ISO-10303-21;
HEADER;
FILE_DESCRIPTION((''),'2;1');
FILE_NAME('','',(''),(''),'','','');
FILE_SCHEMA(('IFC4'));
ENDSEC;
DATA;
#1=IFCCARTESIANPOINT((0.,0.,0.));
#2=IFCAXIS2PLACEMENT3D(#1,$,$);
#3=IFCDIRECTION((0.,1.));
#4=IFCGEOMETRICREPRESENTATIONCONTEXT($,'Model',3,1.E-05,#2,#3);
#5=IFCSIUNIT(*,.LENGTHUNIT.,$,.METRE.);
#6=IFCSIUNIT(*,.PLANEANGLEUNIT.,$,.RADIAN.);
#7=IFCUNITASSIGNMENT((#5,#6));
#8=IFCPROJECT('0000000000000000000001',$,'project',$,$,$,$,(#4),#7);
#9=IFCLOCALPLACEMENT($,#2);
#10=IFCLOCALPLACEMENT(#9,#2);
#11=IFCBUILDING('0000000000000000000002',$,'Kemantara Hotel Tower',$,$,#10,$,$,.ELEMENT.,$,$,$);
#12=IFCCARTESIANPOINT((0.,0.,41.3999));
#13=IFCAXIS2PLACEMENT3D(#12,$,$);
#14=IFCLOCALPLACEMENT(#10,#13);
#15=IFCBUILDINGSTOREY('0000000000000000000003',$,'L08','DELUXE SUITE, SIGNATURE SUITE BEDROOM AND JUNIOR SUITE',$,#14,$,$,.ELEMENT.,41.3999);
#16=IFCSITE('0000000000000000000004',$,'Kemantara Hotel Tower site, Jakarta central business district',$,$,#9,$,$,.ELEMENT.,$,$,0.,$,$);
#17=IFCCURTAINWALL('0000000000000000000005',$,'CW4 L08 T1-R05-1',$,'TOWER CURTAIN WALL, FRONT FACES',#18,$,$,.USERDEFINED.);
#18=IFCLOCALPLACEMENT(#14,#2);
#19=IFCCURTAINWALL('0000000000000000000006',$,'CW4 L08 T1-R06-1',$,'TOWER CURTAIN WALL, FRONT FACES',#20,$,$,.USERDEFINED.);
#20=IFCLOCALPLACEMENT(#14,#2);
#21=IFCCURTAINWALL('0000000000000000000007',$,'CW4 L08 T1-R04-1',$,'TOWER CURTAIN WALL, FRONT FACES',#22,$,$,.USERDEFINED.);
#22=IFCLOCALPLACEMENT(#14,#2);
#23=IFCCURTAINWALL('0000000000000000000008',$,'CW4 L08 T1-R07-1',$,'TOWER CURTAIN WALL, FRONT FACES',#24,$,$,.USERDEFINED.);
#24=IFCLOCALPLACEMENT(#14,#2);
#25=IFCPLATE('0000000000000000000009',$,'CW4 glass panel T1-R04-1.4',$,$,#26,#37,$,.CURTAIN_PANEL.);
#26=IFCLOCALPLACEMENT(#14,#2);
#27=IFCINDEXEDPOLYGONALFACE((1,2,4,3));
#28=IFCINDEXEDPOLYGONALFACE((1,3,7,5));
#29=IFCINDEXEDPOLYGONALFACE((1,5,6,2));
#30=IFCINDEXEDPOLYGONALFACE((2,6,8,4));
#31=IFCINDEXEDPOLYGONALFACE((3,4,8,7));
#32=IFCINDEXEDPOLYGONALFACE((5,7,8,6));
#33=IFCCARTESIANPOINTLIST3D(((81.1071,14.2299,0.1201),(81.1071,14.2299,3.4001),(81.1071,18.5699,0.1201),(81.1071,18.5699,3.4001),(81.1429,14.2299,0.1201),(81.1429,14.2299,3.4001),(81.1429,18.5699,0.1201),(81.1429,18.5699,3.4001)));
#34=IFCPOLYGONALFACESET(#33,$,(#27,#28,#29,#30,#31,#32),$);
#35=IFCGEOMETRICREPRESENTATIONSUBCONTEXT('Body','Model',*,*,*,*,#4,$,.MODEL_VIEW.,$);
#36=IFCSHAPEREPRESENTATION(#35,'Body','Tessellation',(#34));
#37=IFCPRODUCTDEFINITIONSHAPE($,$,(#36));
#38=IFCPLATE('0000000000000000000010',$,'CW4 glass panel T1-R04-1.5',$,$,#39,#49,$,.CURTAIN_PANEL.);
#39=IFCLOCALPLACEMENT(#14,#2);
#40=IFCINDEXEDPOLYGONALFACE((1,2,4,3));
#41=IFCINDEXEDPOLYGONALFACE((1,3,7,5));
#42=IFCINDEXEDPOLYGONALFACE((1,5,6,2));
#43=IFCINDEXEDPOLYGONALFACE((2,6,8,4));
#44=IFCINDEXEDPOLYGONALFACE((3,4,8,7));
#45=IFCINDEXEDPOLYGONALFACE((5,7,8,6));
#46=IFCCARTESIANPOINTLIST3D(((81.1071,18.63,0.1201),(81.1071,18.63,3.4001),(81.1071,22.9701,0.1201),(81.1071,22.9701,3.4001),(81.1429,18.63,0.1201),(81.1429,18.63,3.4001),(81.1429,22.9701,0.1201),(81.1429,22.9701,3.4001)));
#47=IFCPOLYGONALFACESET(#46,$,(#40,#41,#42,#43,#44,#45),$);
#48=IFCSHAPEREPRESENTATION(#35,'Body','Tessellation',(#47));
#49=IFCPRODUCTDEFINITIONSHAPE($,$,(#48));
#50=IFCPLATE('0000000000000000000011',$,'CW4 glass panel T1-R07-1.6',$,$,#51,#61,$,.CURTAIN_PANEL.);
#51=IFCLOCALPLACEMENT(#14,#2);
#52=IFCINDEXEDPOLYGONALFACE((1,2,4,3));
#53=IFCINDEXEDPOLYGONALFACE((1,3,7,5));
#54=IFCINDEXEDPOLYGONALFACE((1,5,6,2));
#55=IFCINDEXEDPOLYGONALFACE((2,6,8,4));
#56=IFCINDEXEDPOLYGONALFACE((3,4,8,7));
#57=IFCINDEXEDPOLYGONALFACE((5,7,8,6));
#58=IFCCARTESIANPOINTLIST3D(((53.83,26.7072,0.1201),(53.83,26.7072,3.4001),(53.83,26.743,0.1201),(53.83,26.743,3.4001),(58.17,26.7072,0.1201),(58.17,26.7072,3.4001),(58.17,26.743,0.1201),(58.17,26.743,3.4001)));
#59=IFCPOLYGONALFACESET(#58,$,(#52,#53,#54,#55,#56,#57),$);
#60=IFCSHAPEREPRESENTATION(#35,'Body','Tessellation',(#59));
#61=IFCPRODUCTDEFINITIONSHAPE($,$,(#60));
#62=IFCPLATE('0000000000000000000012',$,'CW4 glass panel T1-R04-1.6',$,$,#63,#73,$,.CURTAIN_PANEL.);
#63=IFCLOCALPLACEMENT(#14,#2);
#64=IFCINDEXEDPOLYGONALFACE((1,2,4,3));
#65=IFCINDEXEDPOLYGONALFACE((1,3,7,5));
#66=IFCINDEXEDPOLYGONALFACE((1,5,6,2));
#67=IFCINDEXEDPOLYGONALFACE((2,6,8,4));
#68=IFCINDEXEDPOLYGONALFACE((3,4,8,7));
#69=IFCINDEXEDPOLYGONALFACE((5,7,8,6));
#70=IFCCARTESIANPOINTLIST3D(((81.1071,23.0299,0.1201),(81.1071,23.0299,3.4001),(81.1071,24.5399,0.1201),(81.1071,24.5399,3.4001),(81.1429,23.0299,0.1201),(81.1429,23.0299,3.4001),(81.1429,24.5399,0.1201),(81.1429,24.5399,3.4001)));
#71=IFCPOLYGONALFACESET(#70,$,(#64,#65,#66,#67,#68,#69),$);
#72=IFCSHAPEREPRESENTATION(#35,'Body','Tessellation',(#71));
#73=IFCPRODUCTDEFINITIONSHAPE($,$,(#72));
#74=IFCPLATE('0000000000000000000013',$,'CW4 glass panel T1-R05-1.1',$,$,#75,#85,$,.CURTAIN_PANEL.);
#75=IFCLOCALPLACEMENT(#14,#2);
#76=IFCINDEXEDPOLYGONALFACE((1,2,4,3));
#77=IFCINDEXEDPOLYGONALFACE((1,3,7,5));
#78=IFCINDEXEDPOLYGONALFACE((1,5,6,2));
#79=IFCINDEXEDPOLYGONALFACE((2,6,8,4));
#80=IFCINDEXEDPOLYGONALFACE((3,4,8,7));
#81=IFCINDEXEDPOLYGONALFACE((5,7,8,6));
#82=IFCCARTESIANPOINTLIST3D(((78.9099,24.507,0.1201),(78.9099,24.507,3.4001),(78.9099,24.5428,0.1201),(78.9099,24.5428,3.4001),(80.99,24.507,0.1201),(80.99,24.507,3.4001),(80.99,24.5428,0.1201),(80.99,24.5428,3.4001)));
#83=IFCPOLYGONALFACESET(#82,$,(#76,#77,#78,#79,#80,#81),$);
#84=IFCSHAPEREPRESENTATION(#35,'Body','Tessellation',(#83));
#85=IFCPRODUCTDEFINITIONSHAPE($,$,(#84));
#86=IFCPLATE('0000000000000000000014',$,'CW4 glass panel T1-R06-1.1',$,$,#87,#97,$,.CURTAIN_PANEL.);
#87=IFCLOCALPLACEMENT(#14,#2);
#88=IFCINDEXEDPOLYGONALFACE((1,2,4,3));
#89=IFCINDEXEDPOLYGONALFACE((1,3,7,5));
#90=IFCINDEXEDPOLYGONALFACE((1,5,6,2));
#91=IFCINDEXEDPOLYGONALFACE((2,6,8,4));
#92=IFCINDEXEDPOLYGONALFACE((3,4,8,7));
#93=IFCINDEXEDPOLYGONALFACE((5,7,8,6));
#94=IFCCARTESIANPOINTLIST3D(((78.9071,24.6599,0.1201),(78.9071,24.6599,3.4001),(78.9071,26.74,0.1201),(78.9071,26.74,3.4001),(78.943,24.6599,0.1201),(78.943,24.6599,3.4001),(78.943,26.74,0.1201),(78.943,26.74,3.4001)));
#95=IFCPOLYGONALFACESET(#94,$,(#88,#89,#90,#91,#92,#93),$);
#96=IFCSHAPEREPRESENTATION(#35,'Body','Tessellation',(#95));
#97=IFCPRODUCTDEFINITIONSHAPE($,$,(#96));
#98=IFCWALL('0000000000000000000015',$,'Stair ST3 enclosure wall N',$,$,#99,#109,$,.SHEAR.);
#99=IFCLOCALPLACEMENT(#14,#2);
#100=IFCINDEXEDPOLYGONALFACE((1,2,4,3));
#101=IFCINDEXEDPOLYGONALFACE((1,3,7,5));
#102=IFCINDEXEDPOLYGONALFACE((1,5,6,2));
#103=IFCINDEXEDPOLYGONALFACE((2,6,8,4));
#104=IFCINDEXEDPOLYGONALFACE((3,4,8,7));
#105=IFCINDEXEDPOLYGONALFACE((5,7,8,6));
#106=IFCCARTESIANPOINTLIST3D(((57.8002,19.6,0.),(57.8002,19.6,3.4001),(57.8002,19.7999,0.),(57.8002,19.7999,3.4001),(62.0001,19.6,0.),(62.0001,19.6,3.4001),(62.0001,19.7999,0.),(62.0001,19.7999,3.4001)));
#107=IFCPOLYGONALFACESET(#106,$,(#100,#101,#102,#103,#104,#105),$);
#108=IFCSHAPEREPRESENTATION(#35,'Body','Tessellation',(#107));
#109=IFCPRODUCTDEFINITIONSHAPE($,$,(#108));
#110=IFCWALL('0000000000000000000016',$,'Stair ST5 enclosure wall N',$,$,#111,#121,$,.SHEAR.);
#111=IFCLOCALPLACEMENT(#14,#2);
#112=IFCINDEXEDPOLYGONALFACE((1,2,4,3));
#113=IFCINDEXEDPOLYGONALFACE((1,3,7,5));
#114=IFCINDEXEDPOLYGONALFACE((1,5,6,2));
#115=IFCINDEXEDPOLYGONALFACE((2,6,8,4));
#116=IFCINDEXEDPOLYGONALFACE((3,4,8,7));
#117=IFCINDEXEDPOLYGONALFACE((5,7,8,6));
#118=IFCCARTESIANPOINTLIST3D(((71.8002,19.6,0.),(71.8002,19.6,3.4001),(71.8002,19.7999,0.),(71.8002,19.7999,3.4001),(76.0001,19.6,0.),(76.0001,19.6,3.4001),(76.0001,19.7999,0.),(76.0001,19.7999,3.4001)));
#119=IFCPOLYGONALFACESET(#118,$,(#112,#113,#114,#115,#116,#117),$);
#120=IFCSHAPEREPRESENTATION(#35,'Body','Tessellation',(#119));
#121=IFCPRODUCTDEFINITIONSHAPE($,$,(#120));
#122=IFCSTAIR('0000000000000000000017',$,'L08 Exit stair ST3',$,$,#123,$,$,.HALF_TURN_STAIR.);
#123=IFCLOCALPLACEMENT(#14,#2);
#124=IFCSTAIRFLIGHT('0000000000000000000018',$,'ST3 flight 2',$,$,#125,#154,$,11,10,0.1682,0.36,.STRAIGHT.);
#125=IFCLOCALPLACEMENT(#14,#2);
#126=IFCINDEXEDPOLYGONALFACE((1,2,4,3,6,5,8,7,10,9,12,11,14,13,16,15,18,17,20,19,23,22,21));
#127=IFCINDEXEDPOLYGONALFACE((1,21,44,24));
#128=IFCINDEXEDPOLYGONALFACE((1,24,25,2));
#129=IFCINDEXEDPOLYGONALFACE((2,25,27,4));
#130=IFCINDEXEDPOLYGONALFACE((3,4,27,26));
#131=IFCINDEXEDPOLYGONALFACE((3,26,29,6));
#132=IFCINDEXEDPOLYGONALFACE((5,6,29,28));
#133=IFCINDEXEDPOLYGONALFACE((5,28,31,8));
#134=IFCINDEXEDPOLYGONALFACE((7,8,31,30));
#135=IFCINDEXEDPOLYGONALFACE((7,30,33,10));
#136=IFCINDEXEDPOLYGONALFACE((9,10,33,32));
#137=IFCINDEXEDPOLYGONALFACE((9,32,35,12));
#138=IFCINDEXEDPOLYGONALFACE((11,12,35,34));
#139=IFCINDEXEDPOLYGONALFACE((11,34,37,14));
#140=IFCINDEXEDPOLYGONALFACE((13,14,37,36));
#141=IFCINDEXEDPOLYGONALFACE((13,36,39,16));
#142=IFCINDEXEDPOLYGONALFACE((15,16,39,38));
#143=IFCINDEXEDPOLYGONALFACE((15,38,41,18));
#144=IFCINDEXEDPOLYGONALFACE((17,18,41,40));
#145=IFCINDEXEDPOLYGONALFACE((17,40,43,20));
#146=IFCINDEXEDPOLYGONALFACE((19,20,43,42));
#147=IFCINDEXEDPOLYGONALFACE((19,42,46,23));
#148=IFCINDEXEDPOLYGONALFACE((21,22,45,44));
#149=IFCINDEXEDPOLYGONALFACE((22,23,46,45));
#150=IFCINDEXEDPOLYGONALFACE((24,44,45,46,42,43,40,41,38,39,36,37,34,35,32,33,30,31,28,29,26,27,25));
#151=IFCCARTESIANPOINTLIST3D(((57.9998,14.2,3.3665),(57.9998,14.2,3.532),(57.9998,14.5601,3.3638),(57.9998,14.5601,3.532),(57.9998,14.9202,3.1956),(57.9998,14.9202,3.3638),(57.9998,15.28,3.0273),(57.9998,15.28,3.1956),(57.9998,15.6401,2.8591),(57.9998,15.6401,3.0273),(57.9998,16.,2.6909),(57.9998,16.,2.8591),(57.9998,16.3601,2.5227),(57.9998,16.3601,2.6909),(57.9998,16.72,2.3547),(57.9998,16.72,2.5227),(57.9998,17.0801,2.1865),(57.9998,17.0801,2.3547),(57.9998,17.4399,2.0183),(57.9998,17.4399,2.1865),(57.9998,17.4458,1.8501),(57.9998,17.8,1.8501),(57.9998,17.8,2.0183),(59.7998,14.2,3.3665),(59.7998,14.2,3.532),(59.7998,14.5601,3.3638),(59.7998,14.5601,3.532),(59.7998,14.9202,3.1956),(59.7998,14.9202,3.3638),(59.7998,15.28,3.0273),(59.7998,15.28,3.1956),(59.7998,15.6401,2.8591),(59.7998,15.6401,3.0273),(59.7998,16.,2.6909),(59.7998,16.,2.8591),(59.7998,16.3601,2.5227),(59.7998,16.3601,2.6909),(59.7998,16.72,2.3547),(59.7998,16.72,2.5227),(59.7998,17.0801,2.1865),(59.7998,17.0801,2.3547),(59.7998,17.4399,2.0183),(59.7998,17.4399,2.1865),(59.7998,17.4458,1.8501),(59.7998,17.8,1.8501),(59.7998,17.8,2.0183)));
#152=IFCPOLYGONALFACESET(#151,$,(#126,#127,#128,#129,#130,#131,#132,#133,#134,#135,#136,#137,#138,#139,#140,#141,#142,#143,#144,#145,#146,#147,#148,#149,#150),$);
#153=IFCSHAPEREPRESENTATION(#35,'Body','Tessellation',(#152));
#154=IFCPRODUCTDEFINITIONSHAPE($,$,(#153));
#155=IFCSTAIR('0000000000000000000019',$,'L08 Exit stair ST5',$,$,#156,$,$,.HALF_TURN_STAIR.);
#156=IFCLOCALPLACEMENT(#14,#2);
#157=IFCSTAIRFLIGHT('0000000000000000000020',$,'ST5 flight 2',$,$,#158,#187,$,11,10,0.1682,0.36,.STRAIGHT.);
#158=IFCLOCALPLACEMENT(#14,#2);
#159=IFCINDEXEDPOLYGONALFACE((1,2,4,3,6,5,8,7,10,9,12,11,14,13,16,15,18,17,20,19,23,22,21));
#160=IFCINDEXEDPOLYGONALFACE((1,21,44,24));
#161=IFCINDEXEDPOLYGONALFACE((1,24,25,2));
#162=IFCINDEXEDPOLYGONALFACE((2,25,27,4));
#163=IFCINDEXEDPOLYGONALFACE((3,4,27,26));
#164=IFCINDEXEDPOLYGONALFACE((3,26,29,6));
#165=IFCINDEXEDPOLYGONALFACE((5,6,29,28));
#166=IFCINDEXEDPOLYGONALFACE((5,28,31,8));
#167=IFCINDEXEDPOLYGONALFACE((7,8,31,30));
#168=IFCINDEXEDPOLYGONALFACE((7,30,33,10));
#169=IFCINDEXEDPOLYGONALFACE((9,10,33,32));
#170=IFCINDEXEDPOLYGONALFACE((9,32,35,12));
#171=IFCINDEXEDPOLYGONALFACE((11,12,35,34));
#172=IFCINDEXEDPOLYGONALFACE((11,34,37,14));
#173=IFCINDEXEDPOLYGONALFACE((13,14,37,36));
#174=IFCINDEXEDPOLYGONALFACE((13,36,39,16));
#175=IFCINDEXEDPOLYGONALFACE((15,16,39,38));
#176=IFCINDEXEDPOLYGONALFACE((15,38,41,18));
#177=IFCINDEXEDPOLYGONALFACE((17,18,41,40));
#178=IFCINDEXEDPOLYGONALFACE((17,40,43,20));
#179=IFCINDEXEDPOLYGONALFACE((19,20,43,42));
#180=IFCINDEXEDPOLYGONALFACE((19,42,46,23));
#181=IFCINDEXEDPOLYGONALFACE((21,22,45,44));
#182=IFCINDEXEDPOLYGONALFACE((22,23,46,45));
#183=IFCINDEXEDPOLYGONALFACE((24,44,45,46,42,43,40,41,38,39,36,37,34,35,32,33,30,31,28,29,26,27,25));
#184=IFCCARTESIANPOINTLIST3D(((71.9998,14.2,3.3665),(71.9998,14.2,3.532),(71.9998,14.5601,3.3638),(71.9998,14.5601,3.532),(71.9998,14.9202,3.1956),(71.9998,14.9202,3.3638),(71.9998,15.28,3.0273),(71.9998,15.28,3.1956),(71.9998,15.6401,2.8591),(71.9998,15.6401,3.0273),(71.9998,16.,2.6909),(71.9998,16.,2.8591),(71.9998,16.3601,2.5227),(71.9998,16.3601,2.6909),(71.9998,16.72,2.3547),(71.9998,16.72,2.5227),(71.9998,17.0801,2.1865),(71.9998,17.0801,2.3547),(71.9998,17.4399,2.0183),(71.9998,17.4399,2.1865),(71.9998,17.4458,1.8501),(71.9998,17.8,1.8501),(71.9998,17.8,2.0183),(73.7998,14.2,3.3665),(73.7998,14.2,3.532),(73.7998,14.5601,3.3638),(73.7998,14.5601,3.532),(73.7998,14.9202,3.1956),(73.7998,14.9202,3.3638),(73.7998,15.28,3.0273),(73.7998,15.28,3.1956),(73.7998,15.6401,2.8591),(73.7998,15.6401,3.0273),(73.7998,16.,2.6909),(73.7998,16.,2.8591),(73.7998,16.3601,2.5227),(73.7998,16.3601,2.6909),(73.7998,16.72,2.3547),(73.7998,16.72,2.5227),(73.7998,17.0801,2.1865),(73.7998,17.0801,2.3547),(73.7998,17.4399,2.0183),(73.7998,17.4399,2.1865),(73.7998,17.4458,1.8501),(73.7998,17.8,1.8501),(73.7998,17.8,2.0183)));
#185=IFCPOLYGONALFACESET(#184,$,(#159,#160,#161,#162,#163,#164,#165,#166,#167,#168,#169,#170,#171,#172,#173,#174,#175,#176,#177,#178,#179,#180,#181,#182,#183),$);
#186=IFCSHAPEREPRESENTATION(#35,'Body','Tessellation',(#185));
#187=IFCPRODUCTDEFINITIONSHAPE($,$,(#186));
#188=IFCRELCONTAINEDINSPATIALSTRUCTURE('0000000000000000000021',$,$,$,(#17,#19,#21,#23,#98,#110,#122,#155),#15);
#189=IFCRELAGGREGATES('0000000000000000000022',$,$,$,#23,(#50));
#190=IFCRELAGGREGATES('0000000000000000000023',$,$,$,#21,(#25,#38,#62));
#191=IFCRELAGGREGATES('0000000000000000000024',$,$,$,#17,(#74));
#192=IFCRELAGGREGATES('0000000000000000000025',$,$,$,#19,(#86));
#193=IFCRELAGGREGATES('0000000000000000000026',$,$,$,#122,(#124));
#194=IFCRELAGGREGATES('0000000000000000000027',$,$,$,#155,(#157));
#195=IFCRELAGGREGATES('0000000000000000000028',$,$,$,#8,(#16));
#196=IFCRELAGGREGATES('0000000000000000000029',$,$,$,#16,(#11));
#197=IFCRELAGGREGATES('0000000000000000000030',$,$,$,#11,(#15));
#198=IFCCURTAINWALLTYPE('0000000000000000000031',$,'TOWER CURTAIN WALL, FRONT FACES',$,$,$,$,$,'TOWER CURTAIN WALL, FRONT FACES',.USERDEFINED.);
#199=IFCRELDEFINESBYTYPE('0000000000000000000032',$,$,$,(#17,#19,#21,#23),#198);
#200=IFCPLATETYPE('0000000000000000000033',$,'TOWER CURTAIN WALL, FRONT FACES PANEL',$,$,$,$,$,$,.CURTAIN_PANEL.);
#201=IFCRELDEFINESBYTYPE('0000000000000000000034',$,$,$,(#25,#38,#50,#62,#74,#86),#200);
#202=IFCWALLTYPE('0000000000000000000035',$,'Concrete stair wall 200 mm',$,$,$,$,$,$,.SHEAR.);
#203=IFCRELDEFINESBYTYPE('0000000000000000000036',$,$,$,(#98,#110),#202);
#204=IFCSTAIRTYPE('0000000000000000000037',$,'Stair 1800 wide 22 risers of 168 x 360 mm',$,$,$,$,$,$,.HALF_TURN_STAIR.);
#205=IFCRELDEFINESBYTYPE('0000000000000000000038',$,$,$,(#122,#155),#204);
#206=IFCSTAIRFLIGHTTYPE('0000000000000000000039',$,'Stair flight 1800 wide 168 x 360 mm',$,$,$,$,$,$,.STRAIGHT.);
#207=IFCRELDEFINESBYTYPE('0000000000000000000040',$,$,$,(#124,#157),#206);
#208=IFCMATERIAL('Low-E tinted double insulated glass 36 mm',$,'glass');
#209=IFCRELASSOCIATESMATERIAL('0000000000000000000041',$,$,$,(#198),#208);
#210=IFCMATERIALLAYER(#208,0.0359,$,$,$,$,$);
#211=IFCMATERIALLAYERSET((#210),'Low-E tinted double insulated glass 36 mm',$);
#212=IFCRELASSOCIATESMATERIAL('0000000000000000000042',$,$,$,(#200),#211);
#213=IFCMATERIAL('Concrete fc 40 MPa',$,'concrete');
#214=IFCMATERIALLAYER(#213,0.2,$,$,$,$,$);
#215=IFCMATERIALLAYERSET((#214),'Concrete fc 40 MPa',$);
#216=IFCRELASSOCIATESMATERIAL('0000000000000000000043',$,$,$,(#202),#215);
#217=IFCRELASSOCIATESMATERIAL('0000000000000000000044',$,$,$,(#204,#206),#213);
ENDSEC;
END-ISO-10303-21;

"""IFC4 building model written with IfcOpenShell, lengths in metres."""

from ifc_helpers import new_model, si_unit, direction, frame, frame_2d, origin, origin_2d, place, context, subcontext, project, spatial, polyline, rectangle, outline, extrude, source, transform, mapped, material, layer, layer_set, type_object, element, aggregate, save


model = new_model("IFC4")

# Units and contexts
model_context = context("Model", 3, precision=1e-05, world=origin(), true_north=direction((0.0, 1.0)))
body_context = subcontext(model_context, "Body", "Model", "MODEL_VIEW")
ifc_project = project(units=[si_unit("LENGTHUNIT", "METRE"), si_unit("PLANEANGLEUNIT", "RADIAN")], contexts=[model_context])

# Site, building, storey
site_placement = place(None, origin())
site = spatial("IfcSite", under=ifc_project, at=site_placement, Name="Kemantara Hotel Tower site, Jakarta central business district", CompositionType="ELEMENT", RefElevation=0.0)
building_placement = place(site_placement, origin())
building = spatial("IfcBuilding", under=site, at=building_placement, Name="Kemantara Hotel Tower", CompositionType="ELEMENT")
storey_placement = place(building_placement, frame((0.0, 0.0, 41.3999)))
storey = spatial("IfcBuildingStorey", under=building, at=storey_placement, Name="L08", Description="DELUXE SUITE, SIGNATURE SUITE BEDROOM AND JUNIOR SUITE", CompositionType="ELEMENT", Elevation=41.3999)

# Curtain walls
ifc_material_1 = material(Name="Low-E tinted double insulated glass 36 mm", Category="glass")
curtain_wall_type = type_object("IfcCurtainWallType", Name="TOWER CURTAIN WALL, FRONT FACES", ElementType="TOWER CURTAIN WALL, FRONT FACES", PredefinedType="USERDEFINED", material=ifc_material_1)
curtain_wall_1_placement = place(storey_placement, origin())
curtain_wall_1 = element("IfcCurtainWall", 1, at=curtain_wall_1_placement, inside=storey, type_object=curtain_wall_type, Name="CW4 L08 T1-R05-1", ObjectType="TOWER CURTAIN WALL, FRONT FACES", PredefinedType="USERDEFINED")
curtain_wall_2_placement = place(storey_placement, origin())
curtain_wall_2 = element("IfcCurtainWall", 2, at=curtain_wall_2_placement, inside=storey, type_object=curtain_wall_type, Name="CW4 L08 T1-R06-1", ObjectType="TOWER CURTAIN WALL, FRONT FACES", PredefinedType="USERDEFINED")

# Curtain wall
curtain_wall_3_placement = place(storey_placement, origin())
curtain_wall_3 = element("IfcCurtainWall", 3, at=curtain_wall_3_placement, inside=storey, type_object=curtain_wall_type, Name="CW4 L08 T1-R04-1", ObjectType="TOWER CURTAIN WALL, FRONT FACES", PredefinedType="USERDEFINED")

# Curtain wall
curtain_wall_4_placement = place(storey_placement, origin())
curtain_wall_4 = element("IfcCurtainWall", 4, at=curtain_wall_4_placement, inside=storey, type_object=curtain_wall_type, Name="CW4 L08 T1-R07-1", ObjectType="TOWER CURTAIN WALL, FRONT FACES", PredefinedType="USERDEFINED")

# Plates
ifc_layer_1 = layer(ifc_material_1, 0.0359)
ifc_layer_set_1 = layer_set([ifc_layer_1], Name="Low-E tinted double insulated glass 36 mm")
plate_type = type_object("IfcPlateType", Name="TOWER CURTAIN WALL, FRONT FACES PANEL", PredefinedType="CURTAIN_PANEL", material=ifc_layer_set_1)
shared_shape_1 = source(origin(), body_context, "Body", "SweptSolid", [
    extrude(rectangle(XDim=4.3401, YDim=0.0359, at=origin_2d()), origin(), (0.0, 0.0, 1.0), 3.28),
])
plate_1_placement = place(storey_placement, frame((81.125, 16.3999, 0.1201), z_axis=(0.0, 0.0, 1.0), x_axis=(0.0, 1.0, 0.0)))
plate_1 = element("IfcPlate", 5, at=plate_1_placement, type_object=plate_type, Name="CW4 glass panel T1-R04-1.4", PredefinedType="CURTAIN_PANEL", context=body_context, shape_type="MappedRepresentation", body=[
    mapped(shared_shape_1, transform((0.0, 0.0, 0.0))),
])
plate_2_placement = place(storey_placement, frame((81.125, 20.8, 0.1201), z_axis=(0.0, 0.0, 1.0), x_axis=(0.0, 1.0, 0.0)))
plate_2 = element("IfcPlate", 6, at=plate_2_placement, type_object=plate_type, Name="CW4 glass panel T1-R04-1.5", PredefinedType="CURTAIN_PANEL", context=body_context, shape_type="MappedRepresentation", body=[
    mapped(shared_shape_1, transform((0.0, 0.0, 0.0))),
])
plate_3_placement = place(storey_placement, frame((56.0, 26.7251, 0.1201), z_axis=(0.0, 0.0, 1.0), x_axis=(-1.0, 0.0, 0.0)))
plate_3 = element("IfcPlate", 7, at=plate_3_placement, type_object=plate_type, Name="CW4 glass panel T1-R07-1.6", PredefinedType="CURTAIN_PANEL", context=body_context, shape_type="MappedRepresentation", body=[
    mapped(shared_shape_1, transform((0.0, 0.0, 0.0))),
])
aggregate(curtain_wall_4, [plate_3])
shared_shape_2 = source(origin(), body_context, "Body", "SweptSolid", [
    extrude(rectangle(XDim=1.51, YDim=0.0359, at=origin_2d()), origin(), (0.0, 0.0, 1.0), 3.28),
])
plate_4_placement = place(storey_placement, frame((81.125, 23.7849, 0.1201), z_axis=(0.0, 0.0, 1.0), x_axis=(0.0, 1.0, 0.0)))
plate_4 = element("IfcPlate", 8, at=plate_4_placement, type_object=plate_type, Name="CW4 glass panel T1-R04-1.6", PredefinedType="CURTAIN_PANEL", context=body_context, shape_type="MappedRepresentation", body=[
    mapped(shared_shape_2, transform((0.0, 0.0, 0.0))),
])
aggregate(curtain_wall_3, [plate_1, plate_2, plate_4])
shared_shape_3 = source(origin(), body_context, "Body", "SweptSolid", [
    extrude(rectangle(XDim=2.0801, YDim=0.0359, at=origin_2d()), origin(), (0.0, 0.0, 1.0), 3.28),
])
plate_5_placement = place(storey_placement, frame((79.95, 24.5249, 0.1201), z_axis=(0.0, 0.0, 1.0), x_axis=(-1.0, 0.0, 0.0)))
plate_5 = element("IfcPlate", 9, at=plate_5_placement, type_object=plate_type, Name="CW4 glass panel T1-R05-1.1", PredefinedType="CURTAIN_PANEL", context=body_context, shape_type="MappedRepresentation", body=[
    mapped(shared_shape_3, transform((0.0, 0.0, 0.0))),
])
aggregate(curtain_wall_1, [plate_5])
plate_6_placement = place(storey_placement, frame((78.925, 25.7, 0.1201), z_axis=(0.0, 0.0, 1.0), x_axis=(0.0, 1.0, 0.0)))
plate_6 = element("IfcPlate", 10, at=plate_6_placement, type_object=plate_type, Name="CW4 glass panel T1-R06-1.1", PredefinedType="CURTAIN_PANEL", context=body_context, shape_type="MappedRepresentation", body=[
    mapped(shared_shape_3, transform((0.0, 0.0, 0.0))),
])
aggregate(curtain_wall_2, [plate_6])

# Walls
ifc_material_2 = material(Name="Concrete fc 40 MPa", Category="concrete")
ifc_layer_2 = layer(ifc_material_2, 0.2)
ifc_layer_set_2 = layer_set([ifc_layer_2], Name="Concrete fc 40 MPa")
wall_type = type_object("IfcWallType", Name="Concrete stair wall 200 mm", PredefinedType="SHEAR", material=ifc_layer_set_2)
for number, where, z_axis, x_axis, name in (
    (11, (57.8, 19.7, 0.0), (0.0, 0.0, 1.0), (1.0, 0.0, 0.0), "Stair ST3 enclosure wall N"),
    (12, (71.8, 19.7, 0.0), (0.0, 0.0, 1.0), (1.0, 0.0, 0.0), "Stair ST5 enclosure wall N"),
):
    element("IfcWall", number, at=place(storey_placement, frame(where, z_axis=z_axis, x_axis=x_axis)), inside=storey, type_object=wall_type, Name=name, PredefinedType="SHEAR", context=body_context, shape_type="SweptSolid", body=[
        extrude(rectangle(XDim=4.2, YDim=0.2, at=frame_2d((2.1001, 0.0))), origin(), (0.0, 0.0, 1.0), 3.4001),
    ])

# Stairs, stair flights
stair_type = type_object("IfcStairType", Name="Stair 1800 wide 22 risers of 168 x 360 mm", PredefinedType="HALF_TURN_STAIR", material=ifc_material_2)
stair_1_placement = place(storey_placement, origin())
stair_1 = element("IfcStair", 13, at=stair_1_placement, inside=storey, type_object=stair_type, Name="L08 Exit stair ST3", PredefinedType="HALF_TURN_STAIR")
stair_flight_type = type_object("IfcStairFlightType", Name="Stair flight 1800 wide 168 x 360 mm", PredefinedType="STRAIGHT", material=ifc_material_2)
stair_flight_1_placement = place(storey_placement, frame((58.8999, 17.8, 1.8501), z_axis=(0.0, 0.0, 1.0), x_axis=(0.0, -1.0, 0.0)))
stair_flight_1 = element("IfcStairFlight", 14, at=stair_flight_1_placement, type_object=stair_flight_type, Name="ST3 flight 2", NumberOfRisers=11, NumberOfTreads=10, PredefinedType="STRAIGHT", RiserHeight=0.1682, TreadLength=0.36, context=body_context, shape_type="SweptSolid", body=[
    extrude(outline(polyline([(0.0, 0.0), (0.0, 0.1682), (0.3601, 0.1682), (0.3601, 0.3364), (0.72, 0.3364), (0.72, 0.5046), (1.0801, 0.5046), (1.0801, 0.6726), (1.4399, 0.6726), (1.4399, 0.8408), (1.8, 0.8408), (1.8, 1.009), (2.1599, 1.009), (2.1599, 1.1772), (2.52, 1.1772), (2.52, 1.3455), (2.8799, 1.3455), (2.8799, 1.5137), (3.24, 1.5137), (3.24, 1.6819), (3.6001, 1.6819), (3.6001, 1.8501), (3.6001, 1.5164), (0.3542, 0.0), (0.0, 0.0)])), frame((0.0, 0.8999, 0.0), z_axis=(0.0, -1.0, 0.0), x_axis=(1.0, 0.0, 0.0)), (0.0, 0.0, 1.0), 1.8),
])
aggregate(stair_1, [stair_flight_1])
stair_2_placement = place(storey_placement, origin())
stair_2 = element("IfcStair", 15, at=stair_2_placement, inside=storey, type_object=stair_type, Name="L08 Exit stair ST5", PredefinedType="HALF_TURN_STAIR")
stair_flight_2_placement = place(storey_placement, frame((72.8999, 17.8, 1.8501), z_axis=(0.0, 0.0, 1.0), x_axis=(0.0, -1.0, 0.0)))
stair_flight_2 = element("IfcStairFlight", 16, at=stair_flight_2_placement, type_object=stair_flight_type, Name="ST5 flight 2", NumberOfRisers=11, NumberOfTreads=10, PredefinedType="STRAIGHT", RiserHeight=0.1682, TreadLength=0.36, context=body_context, shape_type="SweptSolid", body=[
    extrude(outline(polyline([(0.0, 0.0), (0.0, 0.1682), (0.3601, 0.1682), (0.3601, 0.3364), (0.72, 0.3364), (0.72, 0.5046), (1.0801, 0.5046), (1.0801, 0.6726), (1.4399, 0.6726), (1.4399, 0.8408), (1.8, 0.8408), (1.8, 1.009), (2.1599, 1.009), (2.1599, 1.1772), (2.52, 1.1772), (2.52, 1.3455), (2.8799, 1.3455), (2.8799, 1.5137), (3.24, 1.5137), (3.24, 1.6819), (3.6001, 1.6819), (3.6001, 1.8501), (3.6001, 1.5164), (0.3542, 0.0), (0.0, 0.0)])), frame((0.0, 0.8999, 0.0), z_axis=(0.0, -1.0, 0.0), x_axis=(1.0, 0.0, 0.0)), (0.0, 0.0, 1.0), 1.8),
])
aggregate(stair_2, [stair_flight_2])

save(model, "model.ifc")
